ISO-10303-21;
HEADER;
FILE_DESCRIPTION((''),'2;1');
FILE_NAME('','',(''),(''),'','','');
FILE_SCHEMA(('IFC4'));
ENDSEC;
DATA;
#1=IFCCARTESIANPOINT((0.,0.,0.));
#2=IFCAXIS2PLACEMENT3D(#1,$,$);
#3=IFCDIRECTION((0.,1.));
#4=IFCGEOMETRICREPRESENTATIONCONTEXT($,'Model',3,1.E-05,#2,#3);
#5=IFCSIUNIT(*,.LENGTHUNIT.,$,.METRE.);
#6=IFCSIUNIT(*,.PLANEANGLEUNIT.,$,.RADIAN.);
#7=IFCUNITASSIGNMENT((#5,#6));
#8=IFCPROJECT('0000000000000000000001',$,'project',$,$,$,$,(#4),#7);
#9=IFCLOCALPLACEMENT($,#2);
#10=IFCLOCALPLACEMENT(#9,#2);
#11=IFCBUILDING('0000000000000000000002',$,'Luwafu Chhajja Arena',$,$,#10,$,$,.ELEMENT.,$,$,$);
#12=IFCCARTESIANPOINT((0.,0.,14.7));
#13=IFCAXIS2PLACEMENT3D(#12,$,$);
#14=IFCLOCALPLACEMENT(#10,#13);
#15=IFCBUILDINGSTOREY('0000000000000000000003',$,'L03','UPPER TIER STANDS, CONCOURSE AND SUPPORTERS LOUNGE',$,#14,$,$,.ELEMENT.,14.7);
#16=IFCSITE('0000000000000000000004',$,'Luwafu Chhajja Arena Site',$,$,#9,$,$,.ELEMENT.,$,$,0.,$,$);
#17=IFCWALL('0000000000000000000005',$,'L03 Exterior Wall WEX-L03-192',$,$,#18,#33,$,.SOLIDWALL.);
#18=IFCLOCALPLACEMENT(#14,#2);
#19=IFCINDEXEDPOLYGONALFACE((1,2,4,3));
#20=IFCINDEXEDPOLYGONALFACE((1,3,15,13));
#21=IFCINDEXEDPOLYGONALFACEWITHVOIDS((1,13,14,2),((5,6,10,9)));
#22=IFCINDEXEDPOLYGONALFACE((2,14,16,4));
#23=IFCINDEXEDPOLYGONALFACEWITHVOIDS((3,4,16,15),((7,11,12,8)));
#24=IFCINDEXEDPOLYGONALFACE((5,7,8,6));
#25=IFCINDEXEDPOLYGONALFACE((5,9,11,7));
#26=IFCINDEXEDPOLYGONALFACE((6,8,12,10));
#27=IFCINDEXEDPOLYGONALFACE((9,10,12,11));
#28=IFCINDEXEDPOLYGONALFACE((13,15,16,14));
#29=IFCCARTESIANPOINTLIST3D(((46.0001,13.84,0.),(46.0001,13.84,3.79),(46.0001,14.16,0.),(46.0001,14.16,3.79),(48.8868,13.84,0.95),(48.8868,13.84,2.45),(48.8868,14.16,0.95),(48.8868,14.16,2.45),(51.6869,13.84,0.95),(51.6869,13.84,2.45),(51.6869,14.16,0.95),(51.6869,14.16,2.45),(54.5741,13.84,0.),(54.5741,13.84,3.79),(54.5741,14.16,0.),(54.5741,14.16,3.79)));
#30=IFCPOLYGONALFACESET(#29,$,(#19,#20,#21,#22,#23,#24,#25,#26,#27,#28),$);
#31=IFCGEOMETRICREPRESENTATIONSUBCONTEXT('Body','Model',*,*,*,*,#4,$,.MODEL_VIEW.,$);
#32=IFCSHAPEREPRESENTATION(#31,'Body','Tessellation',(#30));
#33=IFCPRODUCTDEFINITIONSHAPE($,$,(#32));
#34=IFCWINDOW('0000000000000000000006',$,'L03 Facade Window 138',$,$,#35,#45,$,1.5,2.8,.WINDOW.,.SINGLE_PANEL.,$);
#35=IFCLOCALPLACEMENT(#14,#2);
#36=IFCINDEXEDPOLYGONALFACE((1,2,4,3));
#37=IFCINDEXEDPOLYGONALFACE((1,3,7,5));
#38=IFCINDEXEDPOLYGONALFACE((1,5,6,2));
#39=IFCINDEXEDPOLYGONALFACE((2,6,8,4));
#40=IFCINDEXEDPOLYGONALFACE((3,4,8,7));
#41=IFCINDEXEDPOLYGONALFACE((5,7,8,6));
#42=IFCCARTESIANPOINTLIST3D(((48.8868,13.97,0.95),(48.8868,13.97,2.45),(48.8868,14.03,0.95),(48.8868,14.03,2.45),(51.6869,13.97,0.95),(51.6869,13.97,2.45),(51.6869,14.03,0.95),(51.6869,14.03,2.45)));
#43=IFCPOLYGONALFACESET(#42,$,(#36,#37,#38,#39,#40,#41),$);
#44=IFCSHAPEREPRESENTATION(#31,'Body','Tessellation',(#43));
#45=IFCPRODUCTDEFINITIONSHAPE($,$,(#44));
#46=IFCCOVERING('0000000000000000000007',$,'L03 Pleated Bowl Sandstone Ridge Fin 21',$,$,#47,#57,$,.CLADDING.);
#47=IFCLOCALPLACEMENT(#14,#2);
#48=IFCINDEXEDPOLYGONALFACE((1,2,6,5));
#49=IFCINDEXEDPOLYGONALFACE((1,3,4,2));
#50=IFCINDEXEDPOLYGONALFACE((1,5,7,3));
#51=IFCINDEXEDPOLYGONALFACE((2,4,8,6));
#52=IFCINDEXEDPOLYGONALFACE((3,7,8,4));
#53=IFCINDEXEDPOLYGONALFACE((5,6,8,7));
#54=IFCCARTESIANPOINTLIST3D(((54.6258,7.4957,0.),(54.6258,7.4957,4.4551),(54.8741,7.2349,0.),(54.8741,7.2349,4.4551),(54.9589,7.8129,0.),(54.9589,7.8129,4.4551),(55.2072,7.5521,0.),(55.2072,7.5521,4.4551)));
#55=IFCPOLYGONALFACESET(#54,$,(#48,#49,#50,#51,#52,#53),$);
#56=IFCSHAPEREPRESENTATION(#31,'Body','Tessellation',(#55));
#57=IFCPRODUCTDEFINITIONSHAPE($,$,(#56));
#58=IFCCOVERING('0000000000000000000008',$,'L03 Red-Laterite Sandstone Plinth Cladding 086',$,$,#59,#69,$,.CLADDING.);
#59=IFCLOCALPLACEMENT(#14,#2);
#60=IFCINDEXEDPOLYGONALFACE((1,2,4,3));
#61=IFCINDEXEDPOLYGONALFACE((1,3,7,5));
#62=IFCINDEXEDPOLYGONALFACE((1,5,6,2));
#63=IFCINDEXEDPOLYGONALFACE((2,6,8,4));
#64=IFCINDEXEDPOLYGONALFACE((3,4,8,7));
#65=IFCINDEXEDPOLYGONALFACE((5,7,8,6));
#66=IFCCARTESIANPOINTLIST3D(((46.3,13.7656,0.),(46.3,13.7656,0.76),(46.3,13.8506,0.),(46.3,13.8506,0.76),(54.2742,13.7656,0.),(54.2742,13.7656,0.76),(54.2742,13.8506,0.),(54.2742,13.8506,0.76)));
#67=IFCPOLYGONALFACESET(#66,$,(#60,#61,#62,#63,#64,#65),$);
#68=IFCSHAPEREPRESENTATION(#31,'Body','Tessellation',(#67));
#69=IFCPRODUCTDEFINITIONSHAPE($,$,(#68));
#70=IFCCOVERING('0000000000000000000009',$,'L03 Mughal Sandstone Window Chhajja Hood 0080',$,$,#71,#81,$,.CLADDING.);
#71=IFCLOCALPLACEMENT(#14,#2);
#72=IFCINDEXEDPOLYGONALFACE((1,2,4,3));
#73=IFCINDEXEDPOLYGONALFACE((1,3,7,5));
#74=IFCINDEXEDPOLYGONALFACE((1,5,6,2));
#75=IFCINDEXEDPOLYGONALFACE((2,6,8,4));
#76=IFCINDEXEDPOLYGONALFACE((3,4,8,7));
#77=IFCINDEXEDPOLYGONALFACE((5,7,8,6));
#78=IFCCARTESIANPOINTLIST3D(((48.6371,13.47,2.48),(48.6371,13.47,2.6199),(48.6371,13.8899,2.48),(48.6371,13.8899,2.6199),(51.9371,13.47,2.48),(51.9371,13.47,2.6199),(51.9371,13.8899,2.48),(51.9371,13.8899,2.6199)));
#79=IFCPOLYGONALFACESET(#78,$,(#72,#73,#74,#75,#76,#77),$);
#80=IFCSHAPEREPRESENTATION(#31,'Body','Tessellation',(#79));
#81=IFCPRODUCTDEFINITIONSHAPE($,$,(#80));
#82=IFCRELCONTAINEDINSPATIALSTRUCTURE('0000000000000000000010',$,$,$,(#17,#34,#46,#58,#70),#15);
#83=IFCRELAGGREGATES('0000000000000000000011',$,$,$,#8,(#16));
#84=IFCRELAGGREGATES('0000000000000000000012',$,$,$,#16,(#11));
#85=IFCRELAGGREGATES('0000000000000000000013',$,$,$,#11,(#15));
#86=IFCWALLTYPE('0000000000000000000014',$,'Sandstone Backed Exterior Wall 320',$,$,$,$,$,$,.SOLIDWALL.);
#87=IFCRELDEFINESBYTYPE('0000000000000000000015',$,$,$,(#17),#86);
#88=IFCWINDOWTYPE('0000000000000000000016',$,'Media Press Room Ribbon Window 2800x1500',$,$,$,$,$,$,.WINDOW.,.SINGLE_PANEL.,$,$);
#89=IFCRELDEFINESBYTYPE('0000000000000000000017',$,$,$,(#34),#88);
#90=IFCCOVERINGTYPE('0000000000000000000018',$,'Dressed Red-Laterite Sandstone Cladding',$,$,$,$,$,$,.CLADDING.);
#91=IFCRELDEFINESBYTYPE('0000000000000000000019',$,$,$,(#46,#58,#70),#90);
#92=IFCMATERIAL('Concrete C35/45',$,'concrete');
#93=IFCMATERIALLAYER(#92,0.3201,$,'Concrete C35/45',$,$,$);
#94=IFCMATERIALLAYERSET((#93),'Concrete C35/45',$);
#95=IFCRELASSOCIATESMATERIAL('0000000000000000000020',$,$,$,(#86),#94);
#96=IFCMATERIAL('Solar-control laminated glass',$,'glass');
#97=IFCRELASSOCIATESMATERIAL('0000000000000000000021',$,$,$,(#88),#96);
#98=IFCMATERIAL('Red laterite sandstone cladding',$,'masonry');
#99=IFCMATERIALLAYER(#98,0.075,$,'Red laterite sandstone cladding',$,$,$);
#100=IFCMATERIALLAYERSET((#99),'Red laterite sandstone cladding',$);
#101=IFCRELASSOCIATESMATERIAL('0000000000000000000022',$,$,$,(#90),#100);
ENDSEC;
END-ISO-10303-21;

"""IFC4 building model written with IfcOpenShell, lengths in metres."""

from ifc_helpers import new_model, si_unit, direction, frame, frame_2d, origin, origin_2d, place, context, subcontext, project, spatial, rectangle, extrude, material, layer, layer_set, type_object, element, fill, save


model = new_model("IFC4")

# Units and contexts
model_context = context("Model", 3, precision=1e-05, world=origin(), true_north=direction((0.0, 1.0)))
body_context = subcontext(model_context, "Body", "Model", "MODEL_VIEW")
ifc_project = project(units=[si_unit("LENGTHUNIT", "METRE"), si_unit("PLANEANGLEUNIT", "RADIAN")], contexts=[model_context])

# Site, building, storey
site_placement = place(None, origin())
site = spatial("IfcSite", under=ifc_project, at=site_placement, Name="Luwafu Chhajja Arena Site", CompositionType="ELEMENT", RefElevation=0.0)
building_placement = place(site_placement, origin())
building = spatial("IfcBuilding", under=site, at=building_placement, Name="Luwafu Chhajja Arena", CompositionType="ELEMENT")
storey_placement = place(building_placement, frame((0.0, 0.0, 14.7)))
storey = spatial("IfcBuildingStorey", under=building, at=storey_placement, Name="L03", Description="UPPER TIER STANDS, CONCOURSE AND SUPPORTERS LOUNGE", CompositionType="ELEMENT", Elevation=14.7)

# Shared definitions
ifc_material_1 = material(Name="Concrete C35/45", Category="concrete")

# Shared definitions
ifc_material_2 = material(Name="Solar-control laminated glass", Category="glass")

# Wall, opening, window
ifc_layer_1 = layer(ifc_material_1, 0.3201, Name="Concrete C35/45")
ifc_layer_set_1 = layer_set([ifc_layer_1], Name="Concrete C35/45")
wall_type_1 = type_object("IfcWallType", Name="Sandstone Backed Exterior Wall 320", PredefinedType="SOLIDWALL", material=ifc_layer_set_1)
wall_1_placement = place(storey_placement, frame((46.0, 14.0, 0.0), z_axis=(0.0, 0.0, 1.0), x_axis=(1.0, 0.0, 0.0)))
wall_1 = element("IfcWall", 1, at=wall_1_placement, inside=storey, type_object=wall_type_1, Name="L03 Exterior Wall WEX-L03-192", PredefinedType="SOLIDWALL", context=body_context, shape_type="SweptSolid", body=[
    extrude(rectangle(XDim=8.574, YDim=0.3201, at=frame_2d((4.2871, 0.0))), origin(), (0.0, 0.0, 1.0), 3.79),
])
opening_1_placement = place(wall_1_placement, frame((2.887, 0.0, 0.95)))
opening_1 = element("IfcOpeningElement", 2, at=opening_1_placement, cuts=wall_1, PredefinedType="OPENING", context=body_context, shape_type="SweptSolid", body=[
    extrude(rectangle(XDim=2.8, YDim=1.5, at=frame_2d((1.3999, 0.75))), frame((0.0, 0.1699, 0.0), z_axis=(0.0, -1.0, 0.0), x_axis=(1.0, 0.0, 0.0)), (0.0, 0.0, 1.0), 0.3401),
])
window_type_1 = type_object("IfcWindowType", Name="Media Press Room Ribbon Window 2800x1500", PartitioningType="SINGLE_PANEL", PredefinedType="WINDOW", material=ifc_material_2)
window_1_placement = place(opening_1_placement, origin())
window_1 = element("IfcWindow", 3, at=window_1_placement, inside=storey, type_object=window_type_1, Name="L03 Facade Window 138", OverallHeight=1.5, OverallWidth=2.8, PartitioningType="SINGLE_PANEL", PredefinedType="WINDOW", context=body_context, shape_type="SweptSolid", body=[
    extrude(rectangle(XDim=2.8, YDim=1.5, at=frame_2d((1.3999, 0.75))), frame((0.0, 0.03, 0.0), z_axis=(0.0, -1.0, 0.0), x_axis=(1.0, 0.0, 0.0)), (0.0, 0.0, 1.0), 0.0601),
])
fill(opening_1, window_1)

# Coverings
ifc_material_3 = material(Name="Red laterite sandstone cladding", Category="masonry")
ifc_layer_2 = layer(ifc_material_3, 0.075, Name="Red laterite sandstone cladding")
ifc_layer_set_2 = layer_set([ifc_layer_2], Name="Red laterite sandstone cladding")
covering_type = type_object("IfcCoveringType", Name="Dressed Red-Laterite Sandstone Cladding", PredefinedType="CLADDING", material=ifc_layer_set_2)
covering_1_placement = place(storey_placement, frame((54.9165, 7.5239, 0.0), z_axis=(0.0, 0.0, 1.0), x_axis=(-0.724207, -0.689583, 0.0)))
element("IfcCovering", 4, at=covering_1_placement, inside=storey, type_object=covering_type, Name="L03 Pleated Bowl Sandstone Ridge Fin 21", PredefinedType="CLADDING", context=body_context, shape_type="SweptSolid", body=[
    extrude(rectangle(XDim=0.46, YDim=0.3601, at=origin_2d()), origin(), (0.0, 0.0, 1.0), 4.4551),
])
covering_2_placement = place(storey_placement, frame((50.2871, 13.8081, 0.0), z_axis=(0.0, 0.0, 1.0), x_axis=(1.0, 0.0, 0.0)))
element("IfcCovering", 5, at=covering_2_placement, inside=storey, type_object=covering_type, Name="L03 Red-Laterite Sandstone Plinth Cladding 086", PredefinedType="CLADDING", context=body_context, shape_type="SweptSolid", body=[
    extrude(rectangle(XDim=7.9741, YDim=0.085, at=origin_2d()), origin(), (0.0, 0.0, 1.0), 0.76),
])
covering_3_placement = place(storey_placement, frame((50.2871, 13.6799, 2.48), z_axis=(0.0, 0.0, 1.0), x_axis=(1.0, 0.0, 0.0)))
element("IfcCovering", 6, at=covering_3_placement, inside=storey, type_object=covering_type, Name="L03 Mughal Sandstone Window Chhajja Hood 0080", PredefinedType="CLADDING", context=body_context, shape_type="SweptSolid", body=[
    extrude(rectangle(XDim=3.3, YDim=0.4199, at=origin_2d()), origin(), (0.0, 0.0, 1.0), 0.1399),
])

save(model, "model.ifc")
